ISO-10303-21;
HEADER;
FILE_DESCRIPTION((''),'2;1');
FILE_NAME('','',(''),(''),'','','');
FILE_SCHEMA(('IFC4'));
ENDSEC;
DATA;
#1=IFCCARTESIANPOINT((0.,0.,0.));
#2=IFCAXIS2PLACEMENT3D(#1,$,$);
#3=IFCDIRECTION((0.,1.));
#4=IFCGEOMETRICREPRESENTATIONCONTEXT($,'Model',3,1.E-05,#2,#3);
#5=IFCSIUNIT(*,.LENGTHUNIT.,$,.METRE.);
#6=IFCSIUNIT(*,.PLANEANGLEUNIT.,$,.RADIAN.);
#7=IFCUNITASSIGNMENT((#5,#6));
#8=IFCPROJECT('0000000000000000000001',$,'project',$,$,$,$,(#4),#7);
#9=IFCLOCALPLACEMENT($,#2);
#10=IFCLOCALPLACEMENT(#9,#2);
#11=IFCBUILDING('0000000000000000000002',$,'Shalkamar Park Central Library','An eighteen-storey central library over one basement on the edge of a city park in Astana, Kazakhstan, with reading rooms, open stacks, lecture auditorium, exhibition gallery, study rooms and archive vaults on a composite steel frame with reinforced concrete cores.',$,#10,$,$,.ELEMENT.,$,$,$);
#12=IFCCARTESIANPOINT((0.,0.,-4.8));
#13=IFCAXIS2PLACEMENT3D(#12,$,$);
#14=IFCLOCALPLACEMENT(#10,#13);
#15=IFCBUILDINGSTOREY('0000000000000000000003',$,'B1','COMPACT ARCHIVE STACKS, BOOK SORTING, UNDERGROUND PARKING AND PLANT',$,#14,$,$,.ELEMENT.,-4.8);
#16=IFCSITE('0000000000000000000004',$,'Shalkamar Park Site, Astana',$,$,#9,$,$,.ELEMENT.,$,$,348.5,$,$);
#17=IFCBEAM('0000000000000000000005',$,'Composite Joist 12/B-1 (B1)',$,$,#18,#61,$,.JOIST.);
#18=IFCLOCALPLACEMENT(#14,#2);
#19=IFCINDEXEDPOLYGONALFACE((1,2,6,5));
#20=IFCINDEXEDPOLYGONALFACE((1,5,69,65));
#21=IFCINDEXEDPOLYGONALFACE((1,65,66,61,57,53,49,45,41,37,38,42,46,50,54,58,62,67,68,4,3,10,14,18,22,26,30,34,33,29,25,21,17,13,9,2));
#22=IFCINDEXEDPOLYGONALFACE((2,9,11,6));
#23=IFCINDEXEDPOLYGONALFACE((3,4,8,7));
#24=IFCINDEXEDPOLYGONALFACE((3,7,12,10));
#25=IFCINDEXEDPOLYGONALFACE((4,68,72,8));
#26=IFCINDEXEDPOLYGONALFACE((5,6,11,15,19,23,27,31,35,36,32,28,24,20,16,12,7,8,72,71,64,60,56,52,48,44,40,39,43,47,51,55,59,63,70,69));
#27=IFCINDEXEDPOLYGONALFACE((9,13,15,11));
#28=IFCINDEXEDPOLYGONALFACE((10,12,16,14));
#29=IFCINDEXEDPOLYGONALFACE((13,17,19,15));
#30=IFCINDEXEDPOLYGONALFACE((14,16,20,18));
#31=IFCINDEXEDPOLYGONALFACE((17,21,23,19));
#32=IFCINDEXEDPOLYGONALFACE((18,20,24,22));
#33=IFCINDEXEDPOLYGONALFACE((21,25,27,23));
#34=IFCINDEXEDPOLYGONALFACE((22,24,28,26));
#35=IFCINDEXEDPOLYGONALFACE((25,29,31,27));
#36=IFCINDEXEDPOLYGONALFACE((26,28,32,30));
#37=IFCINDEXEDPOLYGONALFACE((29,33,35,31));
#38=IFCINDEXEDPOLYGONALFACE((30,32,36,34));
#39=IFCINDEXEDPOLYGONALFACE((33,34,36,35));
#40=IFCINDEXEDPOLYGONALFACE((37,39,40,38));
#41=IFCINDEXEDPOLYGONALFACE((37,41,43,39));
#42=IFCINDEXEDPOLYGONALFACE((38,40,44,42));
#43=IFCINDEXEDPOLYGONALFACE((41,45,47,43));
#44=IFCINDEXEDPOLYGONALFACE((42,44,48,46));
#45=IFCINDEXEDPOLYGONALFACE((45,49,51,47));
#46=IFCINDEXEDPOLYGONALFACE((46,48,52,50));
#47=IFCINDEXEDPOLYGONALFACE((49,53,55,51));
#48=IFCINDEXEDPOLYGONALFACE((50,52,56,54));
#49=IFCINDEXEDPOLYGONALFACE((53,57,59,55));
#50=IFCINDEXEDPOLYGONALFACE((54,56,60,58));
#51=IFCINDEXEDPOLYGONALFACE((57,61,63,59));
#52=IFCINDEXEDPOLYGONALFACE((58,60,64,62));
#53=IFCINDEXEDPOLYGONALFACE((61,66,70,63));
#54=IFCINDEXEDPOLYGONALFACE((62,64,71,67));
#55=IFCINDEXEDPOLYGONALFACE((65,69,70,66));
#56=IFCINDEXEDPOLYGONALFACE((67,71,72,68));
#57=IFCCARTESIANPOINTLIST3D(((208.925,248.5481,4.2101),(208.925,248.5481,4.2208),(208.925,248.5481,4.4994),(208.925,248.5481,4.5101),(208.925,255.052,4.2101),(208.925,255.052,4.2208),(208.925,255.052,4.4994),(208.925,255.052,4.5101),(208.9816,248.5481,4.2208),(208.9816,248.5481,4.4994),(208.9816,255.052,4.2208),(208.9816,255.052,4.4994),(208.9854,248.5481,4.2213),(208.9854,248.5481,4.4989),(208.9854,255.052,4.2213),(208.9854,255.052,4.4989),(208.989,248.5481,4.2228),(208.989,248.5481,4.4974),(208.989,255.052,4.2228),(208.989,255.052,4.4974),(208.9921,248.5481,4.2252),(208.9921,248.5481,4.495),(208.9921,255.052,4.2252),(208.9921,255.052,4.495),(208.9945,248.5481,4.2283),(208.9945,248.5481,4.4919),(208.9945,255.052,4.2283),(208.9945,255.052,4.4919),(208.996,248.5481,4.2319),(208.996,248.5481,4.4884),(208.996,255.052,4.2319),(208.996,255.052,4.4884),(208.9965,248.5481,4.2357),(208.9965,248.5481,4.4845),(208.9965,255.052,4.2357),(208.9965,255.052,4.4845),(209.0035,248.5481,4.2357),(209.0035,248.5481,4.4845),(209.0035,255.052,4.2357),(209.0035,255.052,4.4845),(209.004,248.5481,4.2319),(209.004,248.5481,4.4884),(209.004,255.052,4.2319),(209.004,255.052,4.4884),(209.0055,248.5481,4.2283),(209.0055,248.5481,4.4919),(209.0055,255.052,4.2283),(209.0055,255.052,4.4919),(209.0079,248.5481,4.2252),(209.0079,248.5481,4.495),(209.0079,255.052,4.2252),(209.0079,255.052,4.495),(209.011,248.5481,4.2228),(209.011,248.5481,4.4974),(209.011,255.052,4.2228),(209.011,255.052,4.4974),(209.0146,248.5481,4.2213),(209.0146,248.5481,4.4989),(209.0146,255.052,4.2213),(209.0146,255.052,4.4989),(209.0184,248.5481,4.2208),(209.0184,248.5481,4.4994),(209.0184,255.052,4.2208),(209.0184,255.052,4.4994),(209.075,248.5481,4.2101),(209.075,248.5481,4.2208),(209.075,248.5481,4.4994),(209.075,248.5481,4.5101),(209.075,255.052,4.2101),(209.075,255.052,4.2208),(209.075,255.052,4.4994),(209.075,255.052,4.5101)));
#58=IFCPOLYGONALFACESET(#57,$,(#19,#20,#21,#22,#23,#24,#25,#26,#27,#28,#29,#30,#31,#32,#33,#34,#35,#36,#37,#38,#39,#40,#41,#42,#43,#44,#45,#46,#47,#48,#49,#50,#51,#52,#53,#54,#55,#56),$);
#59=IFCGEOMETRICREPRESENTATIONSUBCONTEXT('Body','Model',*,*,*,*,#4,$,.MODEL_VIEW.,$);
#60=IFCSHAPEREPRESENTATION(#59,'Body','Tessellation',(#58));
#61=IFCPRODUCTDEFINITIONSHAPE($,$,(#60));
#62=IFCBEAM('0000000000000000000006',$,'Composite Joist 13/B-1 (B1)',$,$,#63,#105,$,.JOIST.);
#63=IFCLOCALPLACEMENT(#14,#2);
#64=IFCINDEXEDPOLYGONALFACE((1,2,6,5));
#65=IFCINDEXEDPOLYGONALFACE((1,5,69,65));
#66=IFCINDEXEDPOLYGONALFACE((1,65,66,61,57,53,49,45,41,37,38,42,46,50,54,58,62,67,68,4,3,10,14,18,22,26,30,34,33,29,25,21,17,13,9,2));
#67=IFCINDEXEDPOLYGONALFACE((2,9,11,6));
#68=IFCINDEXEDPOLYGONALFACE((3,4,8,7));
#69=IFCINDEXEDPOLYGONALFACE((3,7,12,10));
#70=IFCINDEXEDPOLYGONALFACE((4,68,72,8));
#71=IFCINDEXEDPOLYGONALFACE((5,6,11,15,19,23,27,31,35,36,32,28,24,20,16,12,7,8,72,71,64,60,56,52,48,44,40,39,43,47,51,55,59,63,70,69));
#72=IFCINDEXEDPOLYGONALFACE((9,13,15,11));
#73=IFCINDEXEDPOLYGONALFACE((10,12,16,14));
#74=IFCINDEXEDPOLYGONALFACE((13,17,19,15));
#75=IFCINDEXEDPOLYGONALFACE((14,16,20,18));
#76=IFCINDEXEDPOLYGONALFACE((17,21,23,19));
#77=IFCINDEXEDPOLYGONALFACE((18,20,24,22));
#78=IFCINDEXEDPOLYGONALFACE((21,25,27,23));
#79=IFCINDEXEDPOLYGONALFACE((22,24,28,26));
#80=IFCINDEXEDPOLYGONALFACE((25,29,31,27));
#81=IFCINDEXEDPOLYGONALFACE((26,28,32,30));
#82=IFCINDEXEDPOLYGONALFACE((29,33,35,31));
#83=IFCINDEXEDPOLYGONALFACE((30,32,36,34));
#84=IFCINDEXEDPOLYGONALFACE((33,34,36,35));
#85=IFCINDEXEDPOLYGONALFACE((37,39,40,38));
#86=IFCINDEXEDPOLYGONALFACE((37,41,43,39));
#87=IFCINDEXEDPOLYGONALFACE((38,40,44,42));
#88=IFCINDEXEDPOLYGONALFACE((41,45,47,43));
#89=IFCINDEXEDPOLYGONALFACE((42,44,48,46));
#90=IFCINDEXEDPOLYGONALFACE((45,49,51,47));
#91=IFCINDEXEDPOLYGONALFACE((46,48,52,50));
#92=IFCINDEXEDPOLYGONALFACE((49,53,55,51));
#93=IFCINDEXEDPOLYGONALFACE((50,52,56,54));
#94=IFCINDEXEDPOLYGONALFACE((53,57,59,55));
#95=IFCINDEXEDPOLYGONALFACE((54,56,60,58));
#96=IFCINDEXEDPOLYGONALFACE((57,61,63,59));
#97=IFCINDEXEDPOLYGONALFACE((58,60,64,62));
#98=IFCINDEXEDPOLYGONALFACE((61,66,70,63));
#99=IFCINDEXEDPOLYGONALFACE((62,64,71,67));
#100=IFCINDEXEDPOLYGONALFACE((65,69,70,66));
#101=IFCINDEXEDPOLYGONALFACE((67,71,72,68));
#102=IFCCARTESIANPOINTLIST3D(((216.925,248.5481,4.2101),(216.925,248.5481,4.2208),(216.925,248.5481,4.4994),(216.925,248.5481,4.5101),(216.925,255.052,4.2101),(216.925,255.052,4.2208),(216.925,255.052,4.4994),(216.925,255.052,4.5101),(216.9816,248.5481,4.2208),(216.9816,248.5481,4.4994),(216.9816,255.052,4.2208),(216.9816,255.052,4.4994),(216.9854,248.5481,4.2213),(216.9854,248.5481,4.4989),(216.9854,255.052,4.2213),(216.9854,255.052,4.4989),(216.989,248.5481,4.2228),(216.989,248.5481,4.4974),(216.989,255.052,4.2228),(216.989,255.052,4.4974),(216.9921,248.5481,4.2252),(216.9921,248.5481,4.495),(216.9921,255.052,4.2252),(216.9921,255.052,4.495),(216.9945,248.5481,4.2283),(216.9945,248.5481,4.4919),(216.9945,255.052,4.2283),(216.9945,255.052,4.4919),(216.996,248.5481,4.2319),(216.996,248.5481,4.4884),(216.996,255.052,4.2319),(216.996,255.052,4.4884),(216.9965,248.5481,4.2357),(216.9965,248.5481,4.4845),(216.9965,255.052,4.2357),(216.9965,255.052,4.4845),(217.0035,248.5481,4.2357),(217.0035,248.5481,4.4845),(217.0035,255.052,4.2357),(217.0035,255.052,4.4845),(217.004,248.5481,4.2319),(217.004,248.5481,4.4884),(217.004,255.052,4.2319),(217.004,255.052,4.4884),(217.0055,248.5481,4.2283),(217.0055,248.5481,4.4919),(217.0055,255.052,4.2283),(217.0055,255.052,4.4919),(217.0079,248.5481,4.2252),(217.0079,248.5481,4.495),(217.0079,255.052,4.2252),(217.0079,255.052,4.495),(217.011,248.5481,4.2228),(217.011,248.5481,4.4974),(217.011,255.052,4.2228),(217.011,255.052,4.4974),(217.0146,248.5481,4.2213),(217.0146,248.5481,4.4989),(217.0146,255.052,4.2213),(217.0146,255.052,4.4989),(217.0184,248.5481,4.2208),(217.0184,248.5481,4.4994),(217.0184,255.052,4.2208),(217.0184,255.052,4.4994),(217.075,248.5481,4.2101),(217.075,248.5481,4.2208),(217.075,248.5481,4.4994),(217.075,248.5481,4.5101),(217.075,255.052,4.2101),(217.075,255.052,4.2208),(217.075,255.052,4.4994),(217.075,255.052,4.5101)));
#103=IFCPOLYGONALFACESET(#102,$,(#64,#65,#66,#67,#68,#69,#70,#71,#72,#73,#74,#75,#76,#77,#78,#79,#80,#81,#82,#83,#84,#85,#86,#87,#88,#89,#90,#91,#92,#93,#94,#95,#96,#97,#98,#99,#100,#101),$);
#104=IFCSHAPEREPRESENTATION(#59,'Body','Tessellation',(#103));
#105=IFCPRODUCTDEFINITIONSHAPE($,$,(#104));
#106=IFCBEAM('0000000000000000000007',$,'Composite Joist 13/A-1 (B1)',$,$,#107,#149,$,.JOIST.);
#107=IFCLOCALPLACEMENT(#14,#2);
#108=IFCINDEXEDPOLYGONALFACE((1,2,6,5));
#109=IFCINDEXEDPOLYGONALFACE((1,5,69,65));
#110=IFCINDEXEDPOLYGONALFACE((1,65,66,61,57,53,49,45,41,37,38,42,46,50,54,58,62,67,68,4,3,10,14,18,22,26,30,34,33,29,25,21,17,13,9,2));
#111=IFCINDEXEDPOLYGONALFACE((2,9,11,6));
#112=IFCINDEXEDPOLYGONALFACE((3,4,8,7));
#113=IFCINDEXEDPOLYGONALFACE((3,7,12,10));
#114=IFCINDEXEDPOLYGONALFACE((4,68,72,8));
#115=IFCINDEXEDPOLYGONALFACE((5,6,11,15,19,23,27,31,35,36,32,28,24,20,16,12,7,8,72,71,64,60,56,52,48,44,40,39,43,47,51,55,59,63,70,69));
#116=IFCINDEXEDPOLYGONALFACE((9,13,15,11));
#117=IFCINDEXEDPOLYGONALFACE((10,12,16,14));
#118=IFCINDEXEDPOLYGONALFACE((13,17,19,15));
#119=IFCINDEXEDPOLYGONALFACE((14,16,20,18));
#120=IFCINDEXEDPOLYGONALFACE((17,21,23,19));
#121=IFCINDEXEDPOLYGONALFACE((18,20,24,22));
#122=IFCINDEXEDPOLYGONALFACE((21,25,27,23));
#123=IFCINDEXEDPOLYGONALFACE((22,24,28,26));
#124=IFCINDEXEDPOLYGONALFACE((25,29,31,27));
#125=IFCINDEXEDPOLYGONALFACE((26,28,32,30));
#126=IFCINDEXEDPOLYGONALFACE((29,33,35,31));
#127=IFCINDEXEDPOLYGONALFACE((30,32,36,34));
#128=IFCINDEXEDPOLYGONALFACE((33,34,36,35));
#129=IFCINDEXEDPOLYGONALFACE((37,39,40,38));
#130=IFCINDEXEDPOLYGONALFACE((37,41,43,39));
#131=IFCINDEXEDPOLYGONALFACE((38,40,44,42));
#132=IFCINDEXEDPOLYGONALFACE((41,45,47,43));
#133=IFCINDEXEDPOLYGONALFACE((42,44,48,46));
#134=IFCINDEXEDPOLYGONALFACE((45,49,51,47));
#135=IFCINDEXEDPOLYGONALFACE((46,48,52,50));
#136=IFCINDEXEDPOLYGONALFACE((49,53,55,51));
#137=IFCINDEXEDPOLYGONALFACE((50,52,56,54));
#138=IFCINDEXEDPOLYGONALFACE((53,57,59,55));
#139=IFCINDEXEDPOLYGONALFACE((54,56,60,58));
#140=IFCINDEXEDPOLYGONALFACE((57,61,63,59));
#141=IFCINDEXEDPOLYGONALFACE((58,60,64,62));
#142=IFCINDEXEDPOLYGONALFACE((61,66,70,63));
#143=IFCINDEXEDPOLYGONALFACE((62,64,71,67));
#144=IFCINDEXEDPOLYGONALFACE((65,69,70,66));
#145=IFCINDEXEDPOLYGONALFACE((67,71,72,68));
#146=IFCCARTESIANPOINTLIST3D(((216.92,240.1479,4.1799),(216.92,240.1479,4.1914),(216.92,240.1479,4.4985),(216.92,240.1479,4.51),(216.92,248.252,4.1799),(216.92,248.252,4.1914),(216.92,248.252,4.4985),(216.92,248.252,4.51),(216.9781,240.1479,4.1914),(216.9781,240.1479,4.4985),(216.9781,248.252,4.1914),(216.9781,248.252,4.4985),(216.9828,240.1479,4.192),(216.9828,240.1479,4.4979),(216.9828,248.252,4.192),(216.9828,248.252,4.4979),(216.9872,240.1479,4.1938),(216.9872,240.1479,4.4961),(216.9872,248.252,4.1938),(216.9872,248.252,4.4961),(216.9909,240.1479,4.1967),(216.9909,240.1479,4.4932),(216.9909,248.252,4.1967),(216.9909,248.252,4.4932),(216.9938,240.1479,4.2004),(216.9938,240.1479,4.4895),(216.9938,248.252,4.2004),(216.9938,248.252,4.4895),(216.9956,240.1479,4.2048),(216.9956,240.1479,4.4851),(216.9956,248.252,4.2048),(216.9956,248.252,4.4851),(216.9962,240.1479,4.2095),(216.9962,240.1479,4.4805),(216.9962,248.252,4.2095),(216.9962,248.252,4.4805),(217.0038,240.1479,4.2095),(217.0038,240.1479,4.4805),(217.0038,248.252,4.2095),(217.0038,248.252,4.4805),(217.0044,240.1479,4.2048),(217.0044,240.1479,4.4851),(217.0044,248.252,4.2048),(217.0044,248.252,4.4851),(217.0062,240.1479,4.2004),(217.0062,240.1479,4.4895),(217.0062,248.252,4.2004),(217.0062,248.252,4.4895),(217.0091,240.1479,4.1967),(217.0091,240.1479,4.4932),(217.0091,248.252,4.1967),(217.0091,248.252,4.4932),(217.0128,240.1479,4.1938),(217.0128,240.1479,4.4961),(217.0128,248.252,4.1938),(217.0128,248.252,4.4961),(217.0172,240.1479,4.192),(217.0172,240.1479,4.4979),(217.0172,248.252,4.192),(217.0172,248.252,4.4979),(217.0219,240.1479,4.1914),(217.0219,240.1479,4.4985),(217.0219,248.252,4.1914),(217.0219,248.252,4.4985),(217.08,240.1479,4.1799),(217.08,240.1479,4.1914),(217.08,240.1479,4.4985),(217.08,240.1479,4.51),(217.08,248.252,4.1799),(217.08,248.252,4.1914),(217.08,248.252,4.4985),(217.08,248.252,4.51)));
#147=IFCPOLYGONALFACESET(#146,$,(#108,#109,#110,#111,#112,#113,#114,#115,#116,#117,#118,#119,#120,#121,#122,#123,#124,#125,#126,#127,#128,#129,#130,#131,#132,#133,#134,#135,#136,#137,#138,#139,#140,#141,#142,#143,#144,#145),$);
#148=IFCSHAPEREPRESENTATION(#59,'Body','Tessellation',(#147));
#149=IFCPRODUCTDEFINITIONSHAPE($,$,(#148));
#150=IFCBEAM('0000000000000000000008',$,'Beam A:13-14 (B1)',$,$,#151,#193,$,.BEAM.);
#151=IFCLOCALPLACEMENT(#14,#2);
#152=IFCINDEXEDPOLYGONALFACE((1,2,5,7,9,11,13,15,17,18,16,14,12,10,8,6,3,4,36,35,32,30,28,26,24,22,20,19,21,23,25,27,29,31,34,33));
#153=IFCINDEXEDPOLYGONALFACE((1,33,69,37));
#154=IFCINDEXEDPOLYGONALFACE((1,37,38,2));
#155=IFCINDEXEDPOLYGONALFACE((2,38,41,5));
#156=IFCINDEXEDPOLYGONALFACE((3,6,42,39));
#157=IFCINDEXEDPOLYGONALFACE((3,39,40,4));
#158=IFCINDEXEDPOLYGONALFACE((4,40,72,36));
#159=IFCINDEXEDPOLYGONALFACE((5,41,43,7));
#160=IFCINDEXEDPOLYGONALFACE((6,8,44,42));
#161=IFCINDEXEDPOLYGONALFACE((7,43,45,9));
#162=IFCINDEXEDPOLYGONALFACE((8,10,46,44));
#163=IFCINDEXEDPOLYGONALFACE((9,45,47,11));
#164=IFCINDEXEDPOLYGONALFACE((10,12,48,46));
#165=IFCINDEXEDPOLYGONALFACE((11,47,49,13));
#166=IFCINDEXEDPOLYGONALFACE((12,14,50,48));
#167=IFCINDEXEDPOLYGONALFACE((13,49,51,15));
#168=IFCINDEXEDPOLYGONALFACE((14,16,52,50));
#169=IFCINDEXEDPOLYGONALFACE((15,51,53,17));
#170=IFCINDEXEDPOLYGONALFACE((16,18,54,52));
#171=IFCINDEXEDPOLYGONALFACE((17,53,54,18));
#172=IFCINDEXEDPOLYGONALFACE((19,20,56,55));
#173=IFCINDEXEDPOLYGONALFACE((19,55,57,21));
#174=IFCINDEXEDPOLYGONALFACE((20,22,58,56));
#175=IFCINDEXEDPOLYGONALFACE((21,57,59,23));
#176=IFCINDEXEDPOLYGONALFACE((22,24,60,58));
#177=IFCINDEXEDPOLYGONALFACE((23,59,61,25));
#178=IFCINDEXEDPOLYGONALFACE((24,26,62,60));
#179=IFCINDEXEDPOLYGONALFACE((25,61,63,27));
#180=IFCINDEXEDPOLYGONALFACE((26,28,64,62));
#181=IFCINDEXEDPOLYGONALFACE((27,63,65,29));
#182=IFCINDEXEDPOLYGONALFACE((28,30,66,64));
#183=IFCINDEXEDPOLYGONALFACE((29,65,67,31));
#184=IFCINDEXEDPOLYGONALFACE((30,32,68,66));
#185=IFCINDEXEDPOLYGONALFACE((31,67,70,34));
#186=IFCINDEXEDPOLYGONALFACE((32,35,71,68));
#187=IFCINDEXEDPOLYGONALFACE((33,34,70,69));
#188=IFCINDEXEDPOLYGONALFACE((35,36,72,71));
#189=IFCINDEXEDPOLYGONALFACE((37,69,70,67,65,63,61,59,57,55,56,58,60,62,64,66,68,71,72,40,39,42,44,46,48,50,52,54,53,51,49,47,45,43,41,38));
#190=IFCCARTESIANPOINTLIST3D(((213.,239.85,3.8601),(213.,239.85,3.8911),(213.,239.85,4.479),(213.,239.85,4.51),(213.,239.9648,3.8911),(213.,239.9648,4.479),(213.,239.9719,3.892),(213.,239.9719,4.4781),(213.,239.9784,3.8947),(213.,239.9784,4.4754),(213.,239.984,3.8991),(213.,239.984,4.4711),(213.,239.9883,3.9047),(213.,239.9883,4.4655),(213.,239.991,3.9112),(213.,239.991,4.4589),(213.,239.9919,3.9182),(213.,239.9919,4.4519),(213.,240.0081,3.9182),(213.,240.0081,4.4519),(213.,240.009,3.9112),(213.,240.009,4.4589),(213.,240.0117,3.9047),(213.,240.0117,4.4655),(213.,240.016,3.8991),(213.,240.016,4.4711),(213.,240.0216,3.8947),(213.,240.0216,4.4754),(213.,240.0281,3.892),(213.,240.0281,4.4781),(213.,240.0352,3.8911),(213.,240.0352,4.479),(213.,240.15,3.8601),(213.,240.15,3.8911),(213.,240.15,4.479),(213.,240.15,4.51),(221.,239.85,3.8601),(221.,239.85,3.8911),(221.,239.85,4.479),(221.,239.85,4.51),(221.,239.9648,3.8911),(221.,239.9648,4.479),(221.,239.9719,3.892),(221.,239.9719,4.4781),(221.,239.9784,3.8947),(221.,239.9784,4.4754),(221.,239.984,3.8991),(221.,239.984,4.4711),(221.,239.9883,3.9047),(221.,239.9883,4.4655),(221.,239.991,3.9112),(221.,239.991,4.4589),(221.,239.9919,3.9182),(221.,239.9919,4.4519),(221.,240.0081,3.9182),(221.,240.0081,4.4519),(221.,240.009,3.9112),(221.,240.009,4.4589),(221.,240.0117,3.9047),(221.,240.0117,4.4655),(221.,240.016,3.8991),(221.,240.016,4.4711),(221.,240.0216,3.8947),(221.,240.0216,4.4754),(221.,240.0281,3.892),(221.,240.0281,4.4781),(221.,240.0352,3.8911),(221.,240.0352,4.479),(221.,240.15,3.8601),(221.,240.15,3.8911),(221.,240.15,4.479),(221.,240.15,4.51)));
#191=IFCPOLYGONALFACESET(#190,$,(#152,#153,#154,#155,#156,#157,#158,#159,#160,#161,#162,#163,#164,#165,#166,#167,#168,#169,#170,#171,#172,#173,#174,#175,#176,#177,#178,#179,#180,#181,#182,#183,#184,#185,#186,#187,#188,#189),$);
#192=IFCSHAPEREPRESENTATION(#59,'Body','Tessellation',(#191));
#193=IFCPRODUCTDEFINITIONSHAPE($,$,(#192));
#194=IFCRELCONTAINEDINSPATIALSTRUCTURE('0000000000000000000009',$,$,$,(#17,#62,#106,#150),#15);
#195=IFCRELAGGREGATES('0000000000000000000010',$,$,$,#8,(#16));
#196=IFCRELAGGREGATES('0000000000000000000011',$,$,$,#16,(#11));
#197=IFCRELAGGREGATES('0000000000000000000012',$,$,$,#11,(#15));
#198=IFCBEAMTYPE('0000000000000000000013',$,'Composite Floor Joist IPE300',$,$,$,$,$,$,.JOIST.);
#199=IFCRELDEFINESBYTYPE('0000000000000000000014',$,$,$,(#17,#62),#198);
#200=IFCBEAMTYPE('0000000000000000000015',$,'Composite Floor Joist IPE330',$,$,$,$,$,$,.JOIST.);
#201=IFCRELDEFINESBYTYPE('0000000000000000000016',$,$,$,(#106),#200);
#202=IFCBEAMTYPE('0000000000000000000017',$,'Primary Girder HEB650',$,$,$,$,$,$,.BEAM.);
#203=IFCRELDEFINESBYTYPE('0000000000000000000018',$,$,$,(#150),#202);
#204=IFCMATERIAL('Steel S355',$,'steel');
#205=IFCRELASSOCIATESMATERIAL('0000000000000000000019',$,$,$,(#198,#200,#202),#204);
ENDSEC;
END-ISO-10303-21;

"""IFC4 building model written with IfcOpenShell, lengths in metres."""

from ifc_helpers import new_model, si_unit, direction, frame, origin, origin_2d, place, context, subcontext, project, spatial, i_section, extrude, material, material_profile, profile_set, type_object, element, save


model = new_model("IFC4")

# Units and contexts
model_context = context("Model", 3, precision=1e-05, world=origin(), true_north=direction((0.0, 1.0)))
body_context = subcontext(model_context, "Body", "Model", "MODEL_VIEW")
ifc_project = project(units=[si_unit("LENGTHUNIT", "METRE"), si_unit("PLANEANGLEUNIT", "RADIAN")], contexts=[model_context])

# Site, building, storey
site_placement = place(None, origin())
site = spatial("IfcSite", under=ifc_project, at=site_placement, Name="Shalkamar Park Site, Astana", CompositionType="ELEMENT", RefElevation=348.5)
building_placement = place(site_placement, origin())
building = spatial("IfcBuilding", under=site, at=building_placement, Name="Shalkamar Park Central Library", Description="An eighteen-storey central library over one basement on the edge of a city park in Astana, Kazakhstan, with reading rooms, open stacks, lecture auditorium, exhibition gallery, study rooms and archive vaults on a composite steel frame with reinforced concrete cores.", CompositionType="ELEMENT")
storey_placement = place(building_placement, frame((0.0, 0.0, -4.8)))
storey = spatial("IfcBuildingStorey", under=building, at=storey_placement, Name="B1", Description="COMPACT ARCHIVE STACKS, BOOK SORTING, UNDERGROUND PARKING AND PLANT", CompositionType="ELEMENT", Elevation=-4.8)

# Beams
ifc_material_1 = material(Name="Steel S355", Category="steel")
ifc_material_profile_1 = material_profile(ifc_material_1, i_section(OverallWidth=0.1499, OverallDepth=0.3, WebThickness=0.0071, FlangeThickness=0.0107, FilletRadius=0.0149, at=origin_2d()), Name="IPE 300")
ifc_profile_set_1 = profile_set([ifc_material_profile_1], Name="Steel S355")
beam_type_1 = type_object("IfcBeamType", Name="Composite Floor Joist IPE300", PredefinedType="JOIST", material=ifc_profile_set_1)
for number, where, z_axis, x_axis, name in (
    (1, (209.0, 248.5481, 4.3601), (0.0, 1.0, 0.0), (-1.0, 0.0, 0.0), "Composite Joist 12/B-1 (B1)"),
    (2, (217.0, 248.5481, 4.3601), (0.0, 1.0, 0.0), (-1.0, 0.0, 0.0), "Composite Joist 13/B-1 (B1)"),
):
    element("IfcBeam", number, at=place(storey_placement, frame(where, z_axis=z_axis, x_axis=x_axis)), inside=storey, type_object=beam_type_1, Name=name, PredefinedType="JOIST", context=body_context, shape_type="SweptSolid", body=[
        extrude(i_section(OverallWidth=0.1499, OverallDepth=0.3, WebThickness=0.0071, FlangeThickness=0.0107, FilletRadius=0.0149, at=origin_2d()), origin(), (0.0, 0.0, 1.0), 6.5039),
    ])
ifc_material_profile_2 = material_profile(ifc_material_1, i_section(OverallWidth=0.1599, OverallDepth=0.3301, WebThickness=0.0076, FlangeThickness=0.0115, FilletRadius=0.0181, at=origin_2d()), Name="IPE 330")
ifc_profile_set_2 = profile_set([ifc_material_profile_2], Name="Steel S355")
beam_type_2 = type_object("IfcBeamType", Name="Composite Floor Joist IPE330", PredefinedType="JOIST", material=ifc_profile_set_2)
beam_1_placement = place(storey_placement, frame((217.0, 240.1479, 4.345), z_axis=(0.0, 1.0, 0.0), x_axis=(-1.0, 0.0, 0.0)))
element("IfcBeam", 3, at=beam_1_placement, inside=storey, type_object=beam_type_2, Name="Composite Joist 13/A-1 (B1)", PredefinedType="JOIST", context=body_context, shape_type="SweptSolid", body=[
    extrude(i_section(OverallWidth=0.1599, OverallDepth=0.3301, WebThickness=0.0076, FlangeThickness=0.0115, FilletRadius=0.0181, at=origin_2d()), origin(), (0.0, 0.0, 1.0), 8.104),
])
ifc_material_profile_3 = material_profile(ifc_material_1, i_section(OverallWidth=0.3, OverallDepth=0.6499, WebThickness=0.0161, FlangeThickness=0.031, FilletRadius=0.0271, at=origin_2d()), Name="HEB 650")
ifc_profile_set_3 = profile_set([ifc_material_profile_3], Name="Steel S355")
beam_type_3 = type_object("IfcBeamType", Name="Primary Girder HEB650", PredefinedType="BEAM", material=ifc_profile_set_3)
for number, where, z_axis, x_axis, name in (
    (4, (213.0, 240.0, 4.1851), (1.0, 0.0, 0.0), (0.0, 1.0, 0.0), "Beam A:13-14 (B1)"),
):
    element("IfcBeam", number, at=place(storey_placement, frame(where, z_axis=z_axis, x_axis=x_axis)), inside=storey, type_object=beam_type_3, Name=name, PredefinedType="BEAM", context=body_context, shape_type="SweptSolid", body=[
        extrude(i_section(OverallWidth=0.3, OverallDepth=0.6499, WebThickness=0.0161, FlangeThickness=0.031, FilletRadius=0.0271, at=origin_2d()), origin(), (0.0, 0.0, 1.0), 8.0),
    ])

save(model, "model.ifc")
